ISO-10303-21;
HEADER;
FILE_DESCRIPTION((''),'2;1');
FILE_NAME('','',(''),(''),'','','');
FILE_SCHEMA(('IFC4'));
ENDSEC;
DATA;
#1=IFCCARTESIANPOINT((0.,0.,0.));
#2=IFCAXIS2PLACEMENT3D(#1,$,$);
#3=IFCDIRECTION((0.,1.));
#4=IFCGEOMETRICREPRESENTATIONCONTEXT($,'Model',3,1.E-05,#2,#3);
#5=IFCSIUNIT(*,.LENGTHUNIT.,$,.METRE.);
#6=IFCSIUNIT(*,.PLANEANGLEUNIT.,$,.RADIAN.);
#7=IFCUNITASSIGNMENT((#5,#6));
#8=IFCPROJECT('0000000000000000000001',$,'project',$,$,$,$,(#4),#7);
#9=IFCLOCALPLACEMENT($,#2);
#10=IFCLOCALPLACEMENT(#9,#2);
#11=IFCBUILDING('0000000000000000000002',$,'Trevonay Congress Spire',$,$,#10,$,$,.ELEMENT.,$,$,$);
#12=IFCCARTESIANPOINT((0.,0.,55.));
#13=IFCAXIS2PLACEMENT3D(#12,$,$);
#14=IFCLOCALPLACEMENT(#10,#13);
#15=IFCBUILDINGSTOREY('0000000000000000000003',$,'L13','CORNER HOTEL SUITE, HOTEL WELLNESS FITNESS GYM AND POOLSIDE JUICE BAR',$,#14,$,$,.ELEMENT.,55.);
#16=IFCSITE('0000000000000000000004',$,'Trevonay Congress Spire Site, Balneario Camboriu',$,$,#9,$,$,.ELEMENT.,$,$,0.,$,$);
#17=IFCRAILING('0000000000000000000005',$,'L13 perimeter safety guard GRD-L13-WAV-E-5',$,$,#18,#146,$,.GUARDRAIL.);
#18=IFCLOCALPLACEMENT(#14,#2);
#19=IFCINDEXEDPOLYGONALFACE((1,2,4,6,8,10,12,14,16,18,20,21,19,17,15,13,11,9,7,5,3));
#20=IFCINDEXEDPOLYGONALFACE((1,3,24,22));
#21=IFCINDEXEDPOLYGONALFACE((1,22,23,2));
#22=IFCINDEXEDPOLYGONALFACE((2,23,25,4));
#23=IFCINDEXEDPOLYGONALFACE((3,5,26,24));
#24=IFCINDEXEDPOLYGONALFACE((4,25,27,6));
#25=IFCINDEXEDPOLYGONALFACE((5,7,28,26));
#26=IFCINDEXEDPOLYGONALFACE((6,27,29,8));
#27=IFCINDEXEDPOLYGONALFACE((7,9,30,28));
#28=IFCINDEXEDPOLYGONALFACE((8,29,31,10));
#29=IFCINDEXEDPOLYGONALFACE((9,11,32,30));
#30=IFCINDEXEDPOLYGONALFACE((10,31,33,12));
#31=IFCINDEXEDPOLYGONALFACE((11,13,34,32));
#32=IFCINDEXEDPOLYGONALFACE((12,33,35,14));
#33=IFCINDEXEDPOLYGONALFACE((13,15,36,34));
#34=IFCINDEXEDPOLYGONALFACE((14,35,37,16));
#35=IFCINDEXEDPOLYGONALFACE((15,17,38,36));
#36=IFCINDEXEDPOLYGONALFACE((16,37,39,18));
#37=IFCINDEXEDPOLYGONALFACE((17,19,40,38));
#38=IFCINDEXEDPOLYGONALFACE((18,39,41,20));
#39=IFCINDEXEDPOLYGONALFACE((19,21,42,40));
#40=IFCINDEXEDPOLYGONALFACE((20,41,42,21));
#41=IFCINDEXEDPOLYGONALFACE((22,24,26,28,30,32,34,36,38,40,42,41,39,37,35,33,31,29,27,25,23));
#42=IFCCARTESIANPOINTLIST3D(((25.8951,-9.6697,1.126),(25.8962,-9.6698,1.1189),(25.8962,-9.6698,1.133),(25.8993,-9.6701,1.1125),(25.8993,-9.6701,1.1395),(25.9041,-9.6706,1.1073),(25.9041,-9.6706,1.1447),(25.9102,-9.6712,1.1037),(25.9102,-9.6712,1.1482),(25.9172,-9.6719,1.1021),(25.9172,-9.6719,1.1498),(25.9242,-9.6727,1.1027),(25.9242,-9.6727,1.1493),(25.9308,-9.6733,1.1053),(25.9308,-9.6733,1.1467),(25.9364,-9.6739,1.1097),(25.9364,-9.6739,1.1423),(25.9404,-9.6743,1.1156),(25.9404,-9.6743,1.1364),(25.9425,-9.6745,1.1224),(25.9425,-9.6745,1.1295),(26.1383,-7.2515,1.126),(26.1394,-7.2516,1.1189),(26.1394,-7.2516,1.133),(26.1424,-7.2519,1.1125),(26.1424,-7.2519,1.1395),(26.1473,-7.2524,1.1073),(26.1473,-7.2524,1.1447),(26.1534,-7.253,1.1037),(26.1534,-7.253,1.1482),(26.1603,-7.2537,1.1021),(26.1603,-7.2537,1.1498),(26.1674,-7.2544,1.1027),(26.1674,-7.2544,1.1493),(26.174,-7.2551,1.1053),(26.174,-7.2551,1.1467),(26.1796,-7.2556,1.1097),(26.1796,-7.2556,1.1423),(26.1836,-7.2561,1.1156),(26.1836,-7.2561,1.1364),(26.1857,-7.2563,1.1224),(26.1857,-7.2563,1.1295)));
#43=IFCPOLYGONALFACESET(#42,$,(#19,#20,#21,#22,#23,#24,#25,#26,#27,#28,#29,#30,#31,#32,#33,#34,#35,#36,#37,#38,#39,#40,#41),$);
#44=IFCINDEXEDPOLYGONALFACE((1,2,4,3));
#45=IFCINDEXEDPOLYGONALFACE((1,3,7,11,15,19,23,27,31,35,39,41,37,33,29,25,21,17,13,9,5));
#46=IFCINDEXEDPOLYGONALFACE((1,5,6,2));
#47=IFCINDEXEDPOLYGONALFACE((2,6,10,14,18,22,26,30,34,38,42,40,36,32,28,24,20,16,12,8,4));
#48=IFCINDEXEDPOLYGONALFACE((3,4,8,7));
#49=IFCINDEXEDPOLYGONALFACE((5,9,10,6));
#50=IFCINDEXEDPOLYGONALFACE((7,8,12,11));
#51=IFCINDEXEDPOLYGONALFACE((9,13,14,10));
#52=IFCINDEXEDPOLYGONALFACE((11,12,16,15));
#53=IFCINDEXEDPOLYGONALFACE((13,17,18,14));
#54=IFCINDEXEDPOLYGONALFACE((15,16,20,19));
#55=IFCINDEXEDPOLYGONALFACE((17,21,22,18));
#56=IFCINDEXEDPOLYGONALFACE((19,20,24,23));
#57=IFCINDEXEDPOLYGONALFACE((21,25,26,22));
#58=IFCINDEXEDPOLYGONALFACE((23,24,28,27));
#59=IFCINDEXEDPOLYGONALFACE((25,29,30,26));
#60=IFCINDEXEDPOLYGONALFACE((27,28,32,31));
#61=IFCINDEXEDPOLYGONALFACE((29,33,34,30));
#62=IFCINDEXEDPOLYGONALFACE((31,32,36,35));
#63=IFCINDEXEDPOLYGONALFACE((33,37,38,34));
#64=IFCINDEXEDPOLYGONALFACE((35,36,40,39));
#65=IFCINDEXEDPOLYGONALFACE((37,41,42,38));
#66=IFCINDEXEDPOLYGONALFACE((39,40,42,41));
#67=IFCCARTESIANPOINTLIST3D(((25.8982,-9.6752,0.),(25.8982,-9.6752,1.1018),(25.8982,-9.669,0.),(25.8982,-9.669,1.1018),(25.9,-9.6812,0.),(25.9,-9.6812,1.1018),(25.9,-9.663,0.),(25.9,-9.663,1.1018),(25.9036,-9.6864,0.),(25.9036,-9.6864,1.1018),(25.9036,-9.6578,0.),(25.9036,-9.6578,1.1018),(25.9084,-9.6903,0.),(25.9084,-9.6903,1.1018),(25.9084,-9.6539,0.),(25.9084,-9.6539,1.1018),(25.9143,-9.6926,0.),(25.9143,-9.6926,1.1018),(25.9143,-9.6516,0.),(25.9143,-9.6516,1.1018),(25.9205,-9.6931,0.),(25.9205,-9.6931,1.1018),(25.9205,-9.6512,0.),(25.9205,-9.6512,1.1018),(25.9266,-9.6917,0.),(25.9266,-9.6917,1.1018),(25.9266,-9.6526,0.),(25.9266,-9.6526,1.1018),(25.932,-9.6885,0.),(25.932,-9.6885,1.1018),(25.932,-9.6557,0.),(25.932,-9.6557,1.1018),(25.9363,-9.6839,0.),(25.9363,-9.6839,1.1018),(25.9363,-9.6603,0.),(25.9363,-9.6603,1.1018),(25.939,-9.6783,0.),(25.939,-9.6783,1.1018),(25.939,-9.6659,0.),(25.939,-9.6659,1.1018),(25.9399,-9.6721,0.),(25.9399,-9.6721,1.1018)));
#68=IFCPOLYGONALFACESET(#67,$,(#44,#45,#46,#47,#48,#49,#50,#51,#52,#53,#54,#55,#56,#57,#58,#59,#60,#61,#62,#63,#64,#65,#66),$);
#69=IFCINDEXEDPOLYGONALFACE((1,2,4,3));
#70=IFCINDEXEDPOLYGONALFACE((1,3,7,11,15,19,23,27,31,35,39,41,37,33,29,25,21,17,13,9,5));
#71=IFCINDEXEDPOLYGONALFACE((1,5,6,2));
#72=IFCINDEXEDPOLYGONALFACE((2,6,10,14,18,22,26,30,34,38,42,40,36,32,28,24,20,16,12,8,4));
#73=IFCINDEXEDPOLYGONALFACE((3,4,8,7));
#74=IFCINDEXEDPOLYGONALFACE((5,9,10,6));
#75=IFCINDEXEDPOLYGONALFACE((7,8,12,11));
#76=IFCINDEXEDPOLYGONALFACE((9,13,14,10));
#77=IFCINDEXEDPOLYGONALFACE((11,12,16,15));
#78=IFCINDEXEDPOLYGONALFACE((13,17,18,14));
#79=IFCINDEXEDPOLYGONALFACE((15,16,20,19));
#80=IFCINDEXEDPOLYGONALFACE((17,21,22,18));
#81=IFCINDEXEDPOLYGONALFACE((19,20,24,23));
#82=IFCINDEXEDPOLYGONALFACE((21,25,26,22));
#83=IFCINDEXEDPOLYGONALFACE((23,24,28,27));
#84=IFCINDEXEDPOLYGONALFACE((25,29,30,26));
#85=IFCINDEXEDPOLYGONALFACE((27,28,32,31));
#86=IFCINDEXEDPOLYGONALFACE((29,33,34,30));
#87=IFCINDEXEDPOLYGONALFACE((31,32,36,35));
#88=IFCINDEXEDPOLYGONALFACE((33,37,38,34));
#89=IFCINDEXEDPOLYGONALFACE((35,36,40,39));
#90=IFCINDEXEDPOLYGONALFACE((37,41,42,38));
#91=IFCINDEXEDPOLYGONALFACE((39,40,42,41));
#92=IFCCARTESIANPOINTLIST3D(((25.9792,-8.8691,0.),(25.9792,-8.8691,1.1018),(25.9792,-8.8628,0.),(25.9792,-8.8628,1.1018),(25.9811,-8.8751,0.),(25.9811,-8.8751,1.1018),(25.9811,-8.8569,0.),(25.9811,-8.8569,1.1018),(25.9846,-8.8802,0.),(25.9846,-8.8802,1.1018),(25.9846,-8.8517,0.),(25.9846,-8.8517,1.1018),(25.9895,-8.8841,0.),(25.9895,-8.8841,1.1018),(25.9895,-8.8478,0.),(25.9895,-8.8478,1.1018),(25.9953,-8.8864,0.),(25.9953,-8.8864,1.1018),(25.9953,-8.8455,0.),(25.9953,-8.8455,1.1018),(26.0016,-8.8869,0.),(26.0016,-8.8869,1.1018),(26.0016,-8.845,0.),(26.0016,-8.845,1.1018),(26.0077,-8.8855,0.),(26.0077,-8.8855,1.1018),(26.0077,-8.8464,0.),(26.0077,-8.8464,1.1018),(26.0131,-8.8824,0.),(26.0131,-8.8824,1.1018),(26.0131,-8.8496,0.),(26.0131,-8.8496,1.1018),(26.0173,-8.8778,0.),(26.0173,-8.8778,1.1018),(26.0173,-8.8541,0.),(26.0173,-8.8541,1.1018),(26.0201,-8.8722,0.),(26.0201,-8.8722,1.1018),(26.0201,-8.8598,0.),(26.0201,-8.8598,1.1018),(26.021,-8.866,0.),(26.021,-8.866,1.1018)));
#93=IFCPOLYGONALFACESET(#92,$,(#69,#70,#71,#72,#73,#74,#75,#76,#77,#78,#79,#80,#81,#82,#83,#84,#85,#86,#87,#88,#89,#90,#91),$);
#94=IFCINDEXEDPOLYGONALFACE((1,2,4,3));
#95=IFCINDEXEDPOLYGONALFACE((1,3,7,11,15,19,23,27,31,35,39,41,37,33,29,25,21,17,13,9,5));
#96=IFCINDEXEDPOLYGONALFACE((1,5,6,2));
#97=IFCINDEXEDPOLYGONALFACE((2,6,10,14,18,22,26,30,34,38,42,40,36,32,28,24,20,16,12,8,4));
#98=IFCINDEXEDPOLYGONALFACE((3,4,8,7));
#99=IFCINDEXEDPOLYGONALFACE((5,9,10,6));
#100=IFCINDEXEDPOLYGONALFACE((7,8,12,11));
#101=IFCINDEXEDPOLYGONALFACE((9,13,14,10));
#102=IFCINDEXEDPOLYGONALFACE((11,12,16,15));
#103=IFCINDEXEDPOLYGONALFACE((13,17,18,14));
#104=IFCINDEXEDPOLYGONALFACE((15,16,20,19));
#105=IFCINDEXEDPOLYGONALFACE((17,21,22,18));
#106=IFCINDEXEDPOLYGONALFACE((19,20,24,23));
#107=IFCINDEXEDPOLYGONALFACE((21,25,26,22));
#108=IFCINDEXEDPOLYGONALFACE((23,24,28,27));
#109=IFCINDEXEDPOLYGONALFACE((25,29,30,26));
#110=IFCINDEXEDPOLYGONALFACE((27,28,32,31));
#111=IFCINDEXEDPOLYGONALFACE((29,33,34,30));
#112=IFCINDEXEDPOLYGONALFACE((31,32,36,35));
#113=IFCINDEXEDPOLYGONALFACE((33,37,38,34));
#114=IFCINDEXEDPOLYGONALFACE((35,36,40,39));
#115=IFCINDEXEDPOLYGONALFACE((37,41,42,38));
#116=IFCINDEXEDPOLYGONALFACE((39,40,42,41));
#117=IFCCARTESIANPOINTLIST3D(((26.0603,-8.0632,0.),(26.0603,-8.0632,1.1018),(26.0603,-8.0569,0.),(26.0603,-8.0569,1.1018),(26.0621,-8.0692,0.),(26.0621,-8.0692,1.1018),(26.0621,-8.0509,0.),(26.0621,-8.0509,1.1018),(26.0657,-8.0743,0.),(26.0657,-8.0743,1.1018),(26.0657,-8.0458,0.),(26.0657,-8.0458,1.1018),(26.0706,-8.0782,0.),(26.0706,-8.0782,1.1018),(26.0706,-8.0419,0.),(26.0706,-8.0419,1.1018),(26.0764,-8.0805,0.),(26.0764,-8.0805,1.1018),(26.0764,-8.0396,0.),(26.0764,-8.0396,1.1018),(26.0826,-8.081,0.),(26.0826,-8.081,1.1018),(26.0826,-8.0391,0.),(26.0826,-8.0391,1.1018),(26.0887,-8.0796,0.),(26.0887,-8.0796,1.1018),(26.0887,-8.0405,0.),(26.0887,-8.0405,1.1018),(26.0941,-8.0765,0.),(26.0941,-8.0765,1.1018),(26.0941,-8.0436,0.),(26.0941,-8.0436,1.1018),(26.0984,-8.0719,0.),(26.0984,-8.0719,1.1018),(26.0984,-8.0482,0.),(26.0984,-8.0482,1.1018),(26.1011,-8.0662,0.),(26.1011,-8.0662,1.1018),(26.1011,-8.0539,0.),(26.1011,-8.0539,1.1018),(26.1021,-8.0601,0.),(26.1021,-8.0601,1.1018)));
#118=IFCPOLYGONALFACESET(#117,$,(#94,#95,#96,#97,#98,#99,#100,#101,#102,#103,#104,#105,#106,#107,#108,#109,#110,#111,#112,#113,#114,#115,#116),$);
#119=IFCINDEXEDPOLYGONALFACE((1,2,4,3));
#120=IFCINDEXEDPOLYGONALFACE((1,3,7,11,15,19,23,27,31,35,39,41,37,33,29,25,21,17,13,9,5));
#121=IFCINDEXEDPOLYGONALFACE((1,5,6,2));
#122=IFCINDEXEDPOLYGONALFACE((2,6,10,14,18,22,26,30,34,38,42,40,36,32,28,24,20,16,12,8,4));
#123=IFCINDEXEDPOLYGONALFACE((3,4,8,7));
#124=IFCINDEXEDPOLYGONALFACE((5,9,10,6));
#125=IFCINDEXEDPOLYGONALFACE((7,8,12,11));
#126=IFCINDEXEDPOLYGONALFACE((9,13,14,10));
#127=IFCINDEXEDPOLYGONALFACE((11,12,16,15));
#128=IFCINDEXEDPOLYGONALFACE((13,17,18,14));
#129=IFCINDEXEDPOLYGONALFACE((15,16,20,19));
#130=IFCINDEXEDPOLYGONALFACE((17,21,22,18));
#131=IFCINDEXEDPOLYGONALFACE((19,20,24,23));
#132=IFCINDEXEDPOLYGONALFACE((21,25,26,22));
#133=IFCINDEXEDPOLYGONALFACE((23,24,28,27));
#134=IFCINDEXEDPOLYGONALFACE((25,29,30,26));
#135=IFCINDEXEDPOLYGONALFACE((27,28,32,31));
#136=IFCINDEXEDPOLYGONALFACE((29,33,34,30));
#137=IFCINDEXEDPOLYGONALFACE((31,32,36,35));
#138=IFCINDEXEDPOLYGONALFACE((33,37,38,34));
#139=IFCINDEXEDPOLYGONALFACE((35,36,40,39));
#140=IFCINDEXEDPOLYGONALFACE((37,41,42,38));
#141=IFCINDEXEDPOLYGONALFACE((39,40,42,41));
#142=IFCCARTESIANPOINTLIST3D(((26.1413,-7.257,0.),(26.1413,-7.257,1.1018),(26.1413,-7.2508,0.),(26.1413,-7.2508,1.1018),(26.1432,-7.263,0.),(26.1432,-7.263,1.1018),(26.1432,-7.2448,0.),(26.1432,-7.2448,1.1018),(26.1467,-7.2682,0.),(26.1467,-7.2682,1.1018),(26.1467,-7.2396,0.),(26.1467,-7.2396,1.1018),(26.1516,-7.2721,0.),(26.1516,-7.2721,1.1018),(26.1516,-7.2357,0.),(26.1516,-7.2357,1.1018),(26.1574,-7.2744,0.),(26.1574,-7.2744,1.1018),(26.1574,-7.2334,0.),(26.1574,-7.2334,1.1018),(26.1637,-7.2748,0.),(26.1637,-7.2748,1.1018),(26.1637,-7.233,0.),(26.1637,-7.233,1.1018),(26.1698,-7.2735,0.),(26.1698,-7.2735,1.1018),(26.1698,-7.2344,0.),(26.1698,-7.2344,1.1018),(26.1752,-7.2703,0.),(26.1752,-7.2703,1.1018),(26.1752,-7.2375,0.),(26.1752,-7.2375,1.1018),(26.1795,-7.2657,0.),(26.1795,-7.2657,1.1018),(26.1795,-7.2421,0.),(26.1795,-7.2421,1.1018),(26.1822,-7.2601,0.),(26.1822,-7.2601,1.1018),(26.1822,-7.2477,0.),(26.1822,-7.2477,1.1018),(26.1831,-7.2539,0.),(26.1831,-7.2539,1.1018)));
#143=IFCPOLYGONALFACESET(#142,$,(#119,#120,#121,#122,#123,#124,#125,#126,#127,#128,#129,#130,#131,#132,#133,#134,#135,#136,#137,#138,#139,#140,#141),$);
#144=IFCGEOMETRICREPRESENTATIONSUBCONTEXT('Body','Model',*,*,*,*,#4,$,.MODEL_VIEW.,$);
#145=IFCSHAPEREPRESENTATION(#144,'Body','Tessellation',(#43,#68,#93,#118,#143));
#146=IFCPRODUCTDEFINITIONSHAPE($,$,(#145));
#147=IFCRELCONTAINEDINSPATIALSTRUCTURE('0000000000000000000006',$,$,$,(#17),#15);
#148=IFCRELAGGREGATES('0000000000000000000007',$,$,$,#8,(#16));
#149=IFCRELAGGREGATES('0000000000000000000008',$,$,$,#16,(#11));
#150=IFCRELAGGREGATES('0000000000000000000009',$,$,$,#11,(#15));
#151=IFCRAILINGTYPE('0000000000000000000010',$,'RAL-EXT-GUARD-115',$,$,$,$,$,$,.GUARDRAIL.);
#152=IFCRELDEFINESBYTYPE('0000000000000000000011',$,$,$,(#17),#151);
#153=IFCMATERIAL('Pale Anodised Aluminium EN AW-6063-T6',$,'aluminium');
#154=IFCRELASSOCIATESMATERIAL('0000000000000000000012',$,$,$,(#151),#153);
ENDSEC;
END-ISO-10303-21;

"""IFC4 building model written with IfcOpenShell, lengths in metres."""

from ifc_helpers import new_model, si_unit, direction, frame, origin, origin_2d, place, context, subcontext, project, spatial, circle, extrude, material, type_object, element, save


model = new_model("IFC4")

# Units and contexts
model_context = context("Model", 3, precision=1e-05, world=origin(), true_north=direction((0.0, 1.0)))
body_context = subcontext(model_context, "Body", "Model", "MODEL_VIEW")
ifc_project = project(units=[si_unit("LENGTHUNIT", "METRE"), si_unit("PLANEANGLEUNIT", "RADIAN")], contexts=[model_context])

# Site, building, storey
site_placement = place(None, origin())
site = spatial("IfcSite", under=ifc_project, at=site_placement, Name="Trevonay Congress Spire Site, Balneario Camboriu", CompositionType="ELEMENT", RefElevation=0.0)
building_placement = place(site_placement, origin())
building = spatial("IfcBuilding", under=site, at=building_placement, Name="Trevonay Congress Spire", CompositionType="ELEMENT")
storey_placement = place(building_placement, frame((0.0, 0.0, 55.0)))
storey = spatial("IfcBuildingStorey", under=building, at=storey_placement, Name="L13", Description="CORNER HOTEL SUITE, HOTEL WELLNESS FITNESS GYM AND POOLSIDE JUICE BAR", CompositionType="ELEMENT", Elevation=55.0)

# Shared definitions
ifc_material_1 = material(Name="Pale Anodised Aluminium EN AW-6063-T6", Category="aluminium")

# Railing
railing_type = type_object("IfcRailingType", Name="RAL-EXT-GUARD-115", PredefinedType="GUARDRAIL", material=ifc_material_1)
railing_1_placement = place(storey_placement, frame((25.9189, -9.6721, 0.0)))
element("IfcRailing", 1, at=railing_1_placement, inside=storey, type_object=railing_type, Name="L13 perimeter safety guard GRD-L13-WAV-E-5", PredefinedType="GUARDRAIL", context=body_context, shape_type="SweptSolid", body=[
    extrude(circle(Radius=0.0239, at=origin_2d()), frame((0.0, 0.0, 1.126), z_axis=(0.100051, 0.994982, 0.0), x_axis=(-0.994982, 0.100051, 0.0)), (0.0, 0.0, 1.0), 2.4304),
    extrude(circle(Radius=0.021, at=origin_2d()), origin(), (0.0, 0.0, 1.0), 1.1018),
    extrude(circle(Radius=0.021, at=origin_2d()), frame((0.0811, 0.8062, 0.0)), (0.0, 0.0, 1.0), 1.1018),
    extrude(circle(Radius=0.021, at=origin_2d()), frame((0.1621, 1.6121, 0.0)), (0.0, 0.0, 1.0), 1.1018),
    extrude(circle(Radius=0.021, at=origin_2d()), frame((0.2432, 2.4182, 0.0)), (0.0, 0.0, 1.0), 1.1018),
])

save(model, "model.ifc")
